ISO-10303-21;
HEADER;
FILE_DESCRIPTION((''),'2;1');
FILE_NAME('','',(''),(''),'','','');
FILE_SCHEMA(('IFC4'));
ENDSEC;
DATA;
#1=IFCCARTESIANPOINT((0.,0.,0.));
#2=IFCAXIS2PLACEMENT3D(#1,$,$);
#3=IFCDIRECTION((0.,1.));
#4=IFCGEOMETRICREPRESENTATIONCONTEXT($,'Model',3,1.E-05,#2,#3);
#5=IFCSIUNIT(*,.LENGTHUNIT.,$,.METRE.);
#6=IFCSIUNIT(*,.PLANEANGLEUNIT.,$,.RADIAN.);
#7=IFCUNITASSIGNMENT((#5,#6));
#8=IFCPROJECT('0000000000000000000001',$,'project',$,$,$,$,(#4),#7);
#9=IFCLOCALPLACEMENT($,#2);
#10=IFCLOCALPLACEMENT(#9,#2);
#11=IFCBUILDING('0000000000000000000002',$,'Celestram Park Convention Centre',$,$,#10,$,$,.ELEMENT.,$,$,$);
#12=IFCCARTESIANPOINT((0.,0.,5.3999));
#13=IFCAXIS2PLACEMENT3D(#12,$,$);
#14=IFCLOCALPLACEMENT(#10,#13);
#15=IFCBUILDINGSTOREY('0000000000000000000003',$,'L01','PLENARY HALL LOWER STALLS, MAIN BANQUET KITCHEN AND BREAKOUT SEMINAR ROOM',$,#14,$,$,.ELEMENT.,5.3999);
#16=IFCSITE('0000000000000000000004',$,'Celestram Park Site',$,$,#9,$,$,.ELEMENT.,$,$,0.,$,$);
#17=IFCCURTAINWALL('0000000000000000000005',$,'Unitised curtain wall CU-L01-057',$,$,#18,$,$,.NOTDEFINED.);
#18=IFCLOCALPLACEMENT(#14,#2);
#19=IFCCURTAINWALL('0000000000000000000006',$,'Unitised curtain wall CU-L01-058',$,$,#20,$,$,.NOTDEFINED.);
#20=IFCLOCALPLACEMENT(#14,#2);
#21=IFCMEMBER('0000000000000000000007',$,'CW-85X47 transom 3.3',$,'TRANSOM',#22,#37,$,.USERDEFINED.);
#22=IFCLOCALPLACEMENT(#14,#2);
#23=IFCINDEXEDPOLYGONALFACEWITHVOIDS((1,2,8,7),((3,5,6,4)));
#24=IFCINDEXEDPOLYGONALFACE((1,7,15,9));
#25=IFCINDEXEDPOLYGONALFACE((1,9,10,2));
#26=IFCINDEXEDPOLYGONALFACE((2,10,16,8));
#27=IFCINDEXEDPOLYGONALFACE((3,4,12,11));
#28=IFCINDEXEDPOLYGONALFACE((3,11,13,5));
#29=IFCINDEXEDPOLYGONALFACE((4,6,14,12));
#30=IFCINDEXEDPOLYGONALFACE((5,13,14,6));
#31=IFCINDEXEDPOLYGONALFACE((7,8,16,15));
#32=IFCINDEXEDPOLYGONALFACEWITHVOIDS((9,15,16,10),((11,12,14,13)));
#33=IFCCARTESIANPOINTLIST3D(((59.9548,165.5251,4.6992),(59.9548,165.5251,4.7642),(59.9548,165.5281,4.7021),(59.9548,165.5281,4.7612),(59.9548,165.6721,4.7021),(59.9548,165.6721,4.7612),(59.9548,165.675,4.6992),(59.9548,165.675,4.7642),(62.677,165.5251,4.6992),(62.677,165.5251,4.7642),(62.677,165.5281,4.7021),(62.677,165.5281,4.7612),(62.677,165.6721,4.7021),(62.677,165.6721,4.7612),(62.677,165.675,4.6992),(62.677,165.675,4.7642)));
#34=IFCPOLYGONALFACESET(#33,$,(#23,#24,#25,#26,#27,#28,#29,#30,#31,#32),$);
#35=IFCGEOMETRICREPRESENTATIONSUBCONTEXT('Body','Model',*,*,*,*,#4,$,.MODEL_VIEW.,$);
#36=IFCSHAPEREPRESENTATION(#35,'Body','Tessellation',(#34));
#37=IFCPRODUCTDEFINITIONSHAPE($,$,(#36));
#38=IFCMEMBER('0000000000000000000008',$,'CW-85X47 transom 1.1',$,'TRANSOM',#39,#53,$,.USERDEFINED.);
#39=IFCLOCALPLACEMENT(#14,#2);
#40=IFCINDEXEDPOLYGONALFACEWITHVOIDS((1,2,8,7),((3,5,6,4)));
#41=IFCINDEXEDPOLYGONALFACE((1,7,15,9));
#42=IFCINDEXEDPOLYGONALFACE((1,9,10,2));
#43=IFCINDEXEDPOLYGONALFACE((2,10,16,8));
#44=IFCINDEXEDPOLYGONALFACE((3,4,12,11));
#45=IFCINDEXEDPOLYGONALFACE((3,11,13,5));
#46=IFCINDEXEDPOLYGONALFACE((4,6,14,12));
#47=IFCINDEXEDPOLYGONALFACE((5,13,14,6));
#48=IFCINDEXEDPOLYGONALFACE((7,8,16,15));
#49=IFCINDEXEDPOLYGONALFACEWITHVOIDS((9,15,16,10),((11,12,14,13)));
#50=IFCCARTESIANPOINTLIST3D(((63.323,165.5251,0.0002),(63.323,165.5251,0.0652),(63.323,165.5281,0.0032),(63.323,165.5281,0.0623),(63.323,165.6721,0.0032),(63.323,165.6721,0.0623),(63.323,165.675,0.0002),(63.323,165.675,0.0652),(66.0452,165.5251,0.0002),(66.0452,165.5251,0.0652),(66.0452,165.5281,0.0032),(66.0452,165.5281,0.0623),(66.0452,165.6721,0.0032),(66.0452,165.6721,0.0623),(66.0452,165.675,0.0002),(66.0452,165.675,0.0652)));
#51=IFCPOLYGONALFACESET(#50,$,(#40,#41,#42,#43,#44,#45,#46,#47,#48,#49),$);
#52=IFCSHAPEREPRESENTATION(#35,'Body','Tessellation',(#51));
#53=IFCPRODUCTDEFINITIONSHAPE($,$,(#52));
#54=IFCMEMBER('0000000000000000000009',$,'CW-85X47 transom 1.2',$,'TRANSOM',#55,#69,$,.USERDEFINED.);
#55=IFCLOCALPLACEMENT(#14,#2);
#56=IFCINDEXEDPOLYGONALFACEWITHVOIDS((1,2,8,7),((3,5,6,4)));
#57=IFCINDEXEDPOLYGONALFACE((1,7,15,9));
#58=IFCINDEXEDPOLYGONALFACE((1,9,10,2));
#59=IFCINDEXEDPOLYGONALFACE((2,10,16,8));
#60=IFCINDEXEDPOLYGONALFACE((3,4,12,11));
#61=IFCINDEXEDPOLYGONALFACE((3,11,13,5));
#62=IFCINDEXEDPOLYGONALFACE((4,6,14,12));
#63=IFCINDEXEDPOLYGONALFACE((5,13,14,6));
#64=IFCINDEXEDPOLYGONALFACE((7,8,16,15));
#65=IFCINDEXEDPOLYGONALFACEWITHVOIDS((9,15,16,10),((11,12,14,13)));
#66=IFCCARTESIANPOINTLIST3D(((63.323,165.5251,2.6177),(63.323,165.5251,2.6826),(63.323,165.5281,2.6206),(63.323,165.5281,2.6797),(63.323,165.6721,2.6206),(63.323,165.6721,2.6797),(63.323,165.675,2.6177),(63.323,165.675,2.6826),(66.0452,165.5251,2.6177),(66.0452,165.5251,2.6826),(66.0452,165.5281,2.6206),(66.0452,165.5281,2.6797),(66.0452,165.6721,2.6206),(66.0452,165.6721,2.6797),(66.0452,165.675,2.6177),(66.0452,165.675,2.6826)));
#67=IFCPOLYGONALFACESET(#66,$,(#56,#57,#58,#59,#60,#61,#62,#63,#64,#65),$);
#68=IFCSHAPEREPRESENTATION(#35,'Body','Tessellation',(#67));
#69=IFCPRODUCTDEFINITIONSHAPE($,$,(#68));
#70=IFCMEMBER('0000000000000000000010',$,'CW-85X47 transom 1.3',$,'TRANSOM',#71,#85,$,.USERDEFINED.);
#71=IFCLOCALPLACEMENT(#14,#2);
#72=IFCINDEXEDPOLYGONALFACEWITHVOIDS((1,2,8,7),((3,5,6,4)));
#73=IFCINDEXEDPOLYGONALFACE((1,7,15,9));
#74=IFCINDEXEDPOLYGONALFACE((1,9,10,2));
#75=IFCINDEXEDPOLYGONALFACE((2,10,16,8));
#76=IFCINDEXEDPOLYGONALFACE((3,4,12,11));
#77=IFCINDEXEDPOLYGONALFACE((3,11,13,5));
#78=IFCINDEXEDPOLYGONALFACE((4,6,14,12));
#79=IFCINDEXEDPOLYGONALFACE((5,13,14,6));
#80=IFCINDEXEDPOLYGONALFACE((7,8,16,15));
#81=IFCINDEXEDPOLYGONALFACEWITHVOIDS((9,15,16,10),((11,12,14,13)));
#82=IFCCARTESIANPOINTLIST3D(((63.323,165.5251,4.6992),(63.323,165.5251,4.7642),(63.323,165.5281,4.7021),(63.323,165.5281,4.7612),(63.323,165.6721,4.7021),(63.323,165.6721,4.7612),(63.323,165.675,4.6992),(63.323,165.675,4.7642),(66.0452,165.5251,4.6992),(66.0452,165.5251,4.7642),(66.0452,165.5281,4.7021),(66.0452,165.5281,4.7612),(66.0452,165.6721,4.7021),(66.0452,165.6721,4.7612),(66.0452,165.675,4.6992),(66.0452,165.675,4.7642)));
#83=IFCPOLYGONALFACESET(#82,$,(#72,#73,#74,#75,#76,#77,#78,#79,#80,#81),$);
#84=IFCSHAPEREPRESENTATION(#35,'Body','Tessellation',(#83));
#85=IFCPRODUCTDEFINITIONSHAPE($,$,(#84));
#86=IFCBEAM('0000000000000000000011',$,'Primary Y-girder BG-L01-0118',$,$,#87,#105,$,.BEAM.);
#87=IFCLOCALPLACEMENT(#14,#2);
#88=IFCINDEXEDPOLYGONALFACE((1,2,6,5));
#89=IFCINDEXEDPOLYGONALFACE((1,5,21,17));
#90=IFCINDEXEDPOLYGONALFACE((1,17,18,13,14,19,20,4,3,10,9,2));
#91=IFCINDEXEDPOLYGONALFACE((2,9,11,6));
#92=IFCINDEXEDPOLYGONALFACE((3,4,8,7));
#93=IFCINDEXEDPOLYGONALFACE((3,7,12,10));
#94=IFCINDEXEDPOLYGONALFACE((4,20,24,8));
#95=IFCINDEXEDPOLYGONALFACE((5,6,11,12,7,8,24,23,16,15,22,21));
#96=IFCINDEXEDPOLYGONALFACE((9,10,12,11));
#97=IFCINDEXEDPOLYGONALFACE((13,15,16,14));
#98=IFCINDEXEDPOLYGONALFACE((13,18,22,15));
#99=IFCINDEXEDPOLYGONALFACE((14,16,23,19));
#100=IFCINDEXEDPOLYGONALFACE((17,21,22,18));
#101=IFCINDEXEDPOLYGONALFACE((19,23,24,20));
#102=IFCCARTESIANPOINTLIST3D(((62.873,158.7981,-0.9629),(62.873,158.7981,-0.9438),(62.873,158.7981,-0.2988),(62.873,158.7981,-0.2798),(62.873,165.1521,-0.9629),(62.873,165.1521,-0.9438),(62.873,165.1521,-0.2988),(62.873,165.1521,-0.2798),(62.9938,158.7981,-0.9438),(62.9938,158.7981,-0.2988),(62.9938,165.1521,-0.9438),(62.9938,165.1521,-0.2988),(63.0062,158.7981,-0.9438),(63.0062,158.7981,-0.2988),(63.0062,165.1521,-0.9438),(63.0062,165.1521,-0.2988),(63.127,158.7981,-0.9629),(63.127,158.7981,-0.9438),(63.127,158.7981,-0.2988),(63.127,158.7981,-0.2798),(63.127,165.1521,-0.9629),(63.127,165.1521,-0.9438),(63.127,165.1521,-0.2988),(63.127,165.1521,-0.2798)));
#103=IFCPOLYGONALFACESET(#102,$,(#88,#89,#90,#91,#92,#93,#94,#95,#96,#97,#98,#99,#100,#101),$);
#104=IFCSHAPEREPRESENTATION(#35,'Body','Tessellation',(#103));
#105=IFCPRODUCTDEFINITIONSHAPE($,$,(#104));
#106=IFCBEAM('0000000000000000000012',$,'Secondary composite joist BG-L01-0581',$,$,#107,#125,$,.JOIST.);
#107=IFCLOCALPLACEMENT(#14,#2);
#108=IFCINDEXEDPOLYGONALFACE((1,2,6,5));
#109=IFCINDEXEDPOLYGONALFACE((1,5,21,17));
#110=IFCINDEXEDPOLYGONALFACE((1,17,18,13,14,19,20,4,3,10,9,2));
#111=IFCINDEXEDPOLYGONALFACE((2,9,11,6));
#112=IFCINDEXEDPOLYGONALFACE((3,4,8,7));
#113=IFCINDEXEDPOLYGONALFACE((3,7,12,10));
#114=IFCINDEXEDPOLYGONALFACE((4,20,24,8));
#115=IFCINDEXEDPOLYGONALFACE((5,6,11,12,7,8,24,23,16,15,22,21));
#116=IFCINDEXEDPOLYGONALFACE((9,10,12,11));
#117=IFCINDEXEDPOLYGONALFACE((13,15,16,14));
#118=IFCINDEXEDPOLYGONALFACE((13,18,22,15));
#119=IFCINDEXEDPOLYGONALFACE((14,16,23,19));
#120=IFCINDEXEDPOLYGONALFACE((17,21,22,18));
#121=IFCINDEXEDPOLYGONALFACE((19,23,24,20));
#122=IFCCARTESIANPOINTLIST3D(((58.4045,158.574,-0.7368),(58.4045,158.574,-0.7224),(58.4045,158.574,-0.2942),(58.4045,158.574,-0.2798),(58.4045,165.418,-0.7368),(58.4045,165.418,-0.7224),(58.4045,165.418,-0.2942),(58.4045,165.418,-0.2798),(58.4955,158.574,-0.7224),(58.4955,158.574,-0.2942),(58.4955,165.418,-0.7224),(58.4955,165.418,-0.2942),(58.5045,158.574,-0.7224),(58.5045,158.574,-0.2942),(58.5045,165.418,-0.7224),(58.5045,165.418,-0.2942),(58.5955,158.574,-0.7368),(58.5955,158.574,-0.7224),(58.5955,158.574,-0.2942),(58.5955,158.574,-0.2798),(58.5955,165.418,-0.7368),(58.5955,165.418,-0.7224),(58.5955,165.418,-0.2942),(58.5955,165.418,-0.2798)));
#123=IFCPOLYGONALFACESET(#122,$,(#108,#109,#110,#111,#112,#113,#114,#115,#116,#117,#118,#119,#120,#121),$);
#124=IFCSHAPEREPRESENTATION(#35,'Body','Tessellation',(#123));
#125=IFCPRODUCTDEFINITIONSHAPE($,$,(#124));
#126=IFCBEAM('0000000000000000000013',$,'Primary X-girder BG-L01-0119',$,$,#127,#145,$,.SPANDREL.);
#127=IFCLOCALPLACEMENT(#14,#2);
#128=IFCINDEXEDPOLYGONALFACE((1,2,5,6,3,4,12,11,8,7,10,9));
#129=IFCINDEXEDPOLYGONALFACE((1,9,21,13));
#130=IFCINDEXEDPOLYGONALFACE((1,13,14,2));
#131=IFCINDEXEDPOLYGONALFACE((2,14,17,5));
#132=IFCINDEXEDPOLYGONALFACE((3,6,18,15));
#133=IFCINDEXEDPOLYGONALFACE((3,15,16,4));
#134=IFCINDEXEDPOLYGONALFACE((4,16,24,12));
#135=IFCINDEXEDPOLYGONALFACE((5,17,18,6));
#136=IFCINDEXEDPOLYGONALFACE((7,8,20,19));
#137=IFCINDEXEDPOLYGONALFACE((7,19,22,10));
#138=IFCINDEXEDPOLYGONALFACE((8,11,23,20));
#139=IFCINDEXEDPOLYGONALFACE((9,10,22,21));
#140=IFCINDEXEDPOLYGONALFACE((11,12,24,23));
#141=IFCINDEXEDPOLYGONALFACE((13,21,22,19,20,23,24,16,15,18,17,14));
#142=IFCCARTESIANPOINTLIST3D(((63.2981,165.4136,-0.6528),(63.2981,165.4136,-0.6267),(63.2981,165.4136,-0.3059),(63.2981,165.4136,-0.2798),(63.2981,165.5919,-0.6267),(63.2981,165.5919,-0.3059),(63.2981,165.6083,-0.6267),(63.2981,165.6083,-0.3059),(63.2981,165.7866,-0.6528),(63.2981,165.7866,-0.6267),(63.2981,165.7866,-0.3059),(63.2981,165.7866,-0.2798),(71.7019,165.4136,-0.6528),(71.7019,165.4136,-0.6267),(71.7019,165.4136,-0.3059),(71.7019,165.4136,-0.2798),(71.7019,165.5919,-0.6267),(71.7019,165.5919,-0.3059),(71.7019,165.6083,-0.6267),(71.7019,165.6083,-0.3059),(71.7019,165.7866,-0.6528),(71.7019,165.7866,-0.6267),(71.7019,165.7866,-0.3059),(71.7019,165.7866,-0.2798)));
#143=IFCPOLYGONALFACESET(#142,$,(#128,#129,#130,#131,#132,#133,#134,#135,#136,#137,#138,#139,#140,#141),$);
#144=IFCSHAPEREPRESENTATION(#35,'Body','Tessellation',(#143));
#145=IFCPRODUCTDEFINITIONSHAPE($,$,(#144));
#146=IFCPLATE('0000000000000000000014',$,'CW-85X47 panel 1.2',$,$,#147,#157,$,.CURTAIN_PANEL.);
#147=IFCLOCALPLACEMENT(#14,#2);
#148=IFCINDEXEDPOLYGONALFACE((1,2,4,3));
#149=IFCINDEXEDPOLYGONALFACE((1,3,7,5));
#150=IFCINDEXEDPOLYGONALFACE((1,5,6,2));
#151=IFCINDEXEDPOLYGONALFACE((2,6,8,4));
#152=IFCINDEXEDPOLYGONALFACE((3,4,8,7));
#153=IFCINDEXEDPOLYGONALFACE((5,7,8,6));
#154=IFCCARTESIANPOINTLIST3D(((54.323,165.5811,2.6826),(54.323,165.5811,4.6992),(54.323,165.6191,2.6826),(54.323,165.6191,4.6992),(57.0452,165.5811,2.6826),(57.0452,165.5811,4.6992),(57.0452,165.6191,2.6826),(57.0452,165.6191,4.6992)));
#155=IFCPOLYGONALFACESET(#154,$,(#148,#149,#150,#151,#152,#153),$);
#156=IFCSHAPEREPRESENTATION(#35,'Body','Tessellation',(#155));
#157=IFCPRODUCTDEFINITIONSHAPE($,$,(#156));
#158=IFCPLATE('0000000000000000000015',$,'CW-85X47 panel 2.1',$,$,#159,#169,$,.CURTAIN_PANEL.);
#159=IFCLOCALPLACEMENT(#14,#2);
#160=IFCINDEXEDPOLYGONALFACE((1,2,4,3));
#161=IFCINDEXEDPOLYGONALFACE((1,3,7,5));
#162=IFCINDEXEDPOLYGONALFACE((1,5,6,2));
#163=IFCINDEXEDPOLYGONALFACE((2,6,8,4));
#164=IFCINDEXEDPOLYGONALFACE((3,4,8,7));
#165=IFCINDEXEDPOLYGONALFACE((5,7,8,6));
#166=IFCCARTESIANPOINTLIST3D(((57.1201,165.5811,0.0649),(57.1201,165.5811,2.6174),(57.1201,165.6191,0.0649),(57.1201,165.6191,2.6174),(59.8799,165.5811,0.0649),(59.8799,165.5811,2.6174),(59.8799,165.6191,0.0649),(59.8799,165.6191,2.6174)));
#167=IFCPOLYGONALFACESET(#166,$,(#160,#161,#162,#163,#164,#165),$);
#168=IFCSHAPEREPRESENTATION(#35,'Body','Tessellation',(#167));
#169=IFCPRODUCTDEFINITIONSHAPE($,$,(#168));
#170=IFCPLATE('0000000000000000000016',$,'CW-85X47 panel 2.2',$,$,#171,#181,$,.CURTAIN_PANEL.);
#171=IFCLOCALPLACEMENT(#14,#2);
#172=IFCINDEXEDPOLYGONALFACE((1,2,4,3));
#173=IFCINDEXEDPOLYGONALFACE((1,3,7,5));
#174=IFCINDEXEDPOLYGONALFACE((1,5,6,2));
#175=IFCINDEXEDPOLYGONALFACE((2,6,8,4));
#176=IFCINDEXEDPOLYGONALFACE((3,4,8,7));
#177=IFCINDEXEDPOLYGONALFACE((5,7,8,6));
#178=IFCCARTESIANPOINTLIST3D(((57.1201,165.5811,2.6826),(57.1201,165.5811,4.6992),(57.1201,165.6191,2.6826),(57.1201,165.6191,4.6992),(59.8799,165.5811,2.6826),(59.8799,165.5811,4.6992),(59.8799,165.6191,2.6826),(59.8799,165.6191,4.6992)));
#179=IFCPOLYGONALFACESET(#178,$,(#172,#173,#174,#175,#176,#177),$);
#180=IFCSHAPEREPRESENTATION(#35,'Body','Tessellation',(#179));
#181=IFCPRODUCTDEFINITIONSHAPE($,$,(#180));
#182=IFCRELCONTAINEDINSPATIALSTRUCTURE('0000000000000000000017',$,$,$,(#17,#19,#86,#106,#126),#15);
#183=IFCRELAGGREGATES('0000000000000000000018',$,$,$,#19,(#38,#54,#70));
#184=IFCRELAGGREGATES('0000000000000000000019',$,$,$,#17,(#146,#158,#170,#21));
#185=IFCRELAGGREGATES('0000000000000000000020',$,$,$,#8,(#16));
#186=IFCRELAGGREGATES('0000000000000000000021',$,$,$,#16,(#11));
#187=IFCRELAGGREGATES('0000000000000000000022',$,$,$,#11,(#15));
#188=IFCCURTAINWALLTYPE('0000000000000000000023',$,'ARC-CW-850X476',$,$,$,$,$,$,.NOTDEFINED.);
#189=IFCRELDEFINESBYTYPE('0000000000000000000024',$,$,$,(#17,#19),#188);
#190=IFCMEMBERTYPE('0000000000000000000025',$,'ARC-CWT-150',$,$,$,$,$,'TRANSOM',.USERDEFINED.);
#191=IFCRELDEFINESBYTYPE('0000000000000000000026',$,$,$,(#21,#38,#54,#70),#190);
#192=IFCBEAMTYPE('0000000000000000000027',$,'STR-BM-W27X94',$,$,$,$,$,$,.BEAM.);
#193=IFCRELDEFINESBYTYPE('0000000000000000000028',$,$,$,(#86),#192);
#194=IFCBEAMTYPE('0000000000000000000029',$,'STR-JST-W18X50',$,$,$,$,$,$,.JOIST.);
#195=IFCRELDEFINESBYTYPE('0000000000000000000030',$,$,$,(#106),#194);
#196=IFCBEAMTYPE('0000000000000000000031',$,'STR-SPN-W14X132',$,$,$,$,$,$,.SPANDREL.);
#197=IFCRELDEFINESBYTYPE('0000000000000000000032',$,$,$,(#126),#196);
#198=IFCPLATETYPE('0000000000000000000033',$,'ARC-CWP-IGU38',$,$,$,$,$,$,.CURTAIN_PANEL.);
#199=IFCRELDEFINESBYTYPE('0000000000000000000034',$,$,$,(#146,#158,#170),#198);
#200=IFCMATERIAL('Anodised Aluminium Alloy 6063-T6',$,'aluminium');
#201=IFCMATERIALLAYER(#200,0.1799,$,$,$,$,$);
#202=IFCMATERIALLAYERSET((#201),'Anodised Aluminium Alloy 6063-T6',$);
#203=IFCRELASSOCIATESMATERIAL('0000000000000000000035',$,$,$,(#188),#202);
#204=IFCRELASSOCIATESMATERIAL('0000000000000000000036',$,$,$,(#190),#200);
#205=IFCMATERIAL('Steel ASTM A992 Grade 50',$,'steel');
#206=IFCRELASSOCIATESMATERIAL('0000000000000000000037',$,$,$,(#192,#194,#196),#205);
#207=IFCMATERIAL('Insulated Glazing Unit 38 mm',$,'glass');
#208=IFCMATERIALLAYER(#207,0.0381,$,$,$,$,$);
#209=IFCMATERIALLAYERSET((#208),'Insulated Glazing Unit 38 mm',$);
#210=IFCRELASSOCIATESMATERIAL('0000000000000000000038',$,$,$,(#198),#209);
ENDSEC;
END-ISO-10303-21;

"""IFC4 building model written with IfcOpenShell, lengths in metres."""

from ifc_helpers import new_model, si_unit, direction, frame, origin, origin_2d, place, context, subcontext, project, spatial, rectangle, hollow_rectangle, i_section, extrude, material, layer, layer_set, material_profile, profile_set, type_object, element, aggregate, save


model = new_model("IFC4")

# Units and contexts
model_context = context("Model", 3, precision=1e-05, world=origin(), true_north=direction((0.0, 1.0)))
body_context = subcontext(model_context, "Body", "Model", "MODEL_VIEW")
ifc_project = project(units=[si_unit("LENGTHUNIT", "METRE"), si_unit("PLANEANGLEUNIT", "RADIAN")], contexts=[model_context])

# Site, building, storey
site_placement = place(None, origin())
site = spatial("IfcSite", under=ifc_project, at=site_placement, Name="Celestram Park Site", CompositionType="ELEMENT", RefElevation=0.0)
building_placement = place(site_placement, origin())
building = spatial("IfcBuilding", under=site, at=building_placement, Name="Celestram Park Convention Centre", CompositionType="ELEMENT")
storey_placement = place(building_placement, frame((0.0, 0.0, 5.3999)))
storey = spatial("IfcBuildingStorey", under=building, at=storey_placement, Name="L01", Description="PLENARY HALL LOWER STALLS, MAIN BANQUET KITCHEN AND BREAKOUT SEMINAR ROOM", CompositionType="ELEMENT", Elevation=5.3999)

# Curtain wall
ifc_material_1 = material(Name="Anodised Aluminium Alloy 6063-T6", Category="aluminium")
ifc_layer_1 = layer(ifc_material_1, 0.1799)
ifc_layer_set_1 = layer_set([ifc_layer_1], Name="Anodised Aluminium Alloy 6063-T6")
curtain_wall_type = type_object("IfcCurtainWallType", Name="ARC-CW-850X476", PredefinedType="NOTDEFINED", material=ifc_layer_set_1)
curtain_wall_1_placement = place(storey_placement, origin())
curtain_wall_1 = element("IfcCurtainWall", 1, at=curtain_wall_1_placement, inside=storey, type_object=curtain_wall_type, Name="Unitised curtain wall CU-L01-057", PredefinedType="NOTDEFINED")

# Curtain wall
curtain_wall_2_placement = place(storey_placement, origin())
curtain_wall_2 = element("IfcCurtainWall", 2, at=curtain_wall_2_placement, inside=storey, type_object=curtain_wall_type, Name="Unitised curtain wall CU-L01-058", PredefinedType="NOTDEFINED")

# Members
ifc_material_profile_1 = material_profile(ifc_material_1, hollow_rectangle(XDim=0.1499, YDim=0.0649, WallThickness=0.0029, at=origin_2d()), Name="ALU150X65X3")
ifc_profile_set_1 = profile_set([ifc_material_profile_1], Name="Anodised Aluminium Alloy 6063-T6")
member_type_1 = type_object("IfcMemberType", Name="ARC-CWT-150", ElementType="TRANSOM", PredefinedType="USERDEFINED", material=ifc_profile_set_1)
member_1_placement = place(storey_placement, frame((59.9548, 165.6001, 4.7317), z_axis=(1.0, 0.0, 0.0), x_axis=(0.0, 1.0, 0.0)))
member_1 = element("IfcMember", 3, at=member_1_placement, type_object=member_type_1, Name="CW-85X47 transom 3.3", ObjectType="TRANSOM", PredefinedType="USERDEFINED", context=body_context, shape_type="SweptSolid", body=[
    extrude(hollow_rectangle(XDim=0.1499, YDim=0.0649, WallThickness=0.0029, at=origin_2d()), origin(), (0.0, 0.0, 1.0), 2.7222),
])
member_2_placement = place(storey_placement, frame((63.323, 165.6001, 0.0327), z_axis=(1.0, 0.0, 0.0), x_axis=(0.0, 1.0, 0.0)))
member_2 = element("IfcMember", 4, at=member_2_placement, type_object=member_type_1, Name="CW-85X47 transom 1.1", ObjectType="TRANSOM", PredefinedType="USERDEFINED", context=body_context, shape_type="SweptSolid", body=[
    extrude(hollow_rectangle(XDim=0.1499, YDim=0.0649, WallThickness=0.0029, at=origin_2d()), origin(), (0.0, 0.0, 1.0), 2.7222),
])
member_3_placement = place(storey_placement, frame((63.323, 165.6001, 2.6501), z_axis=(1.0, 0.0, 0.0), x_axis=(0.0, 1.0, 0.0)))
member_3 = element("IfcMember", 5, at=member_3_placement, type_object=member_type_1, Name="CW-85X47 transom 1.2", ObjectType="TRANSOM", PredefinedType="USERDEFINED", context=body_context, shape_type="SweptSolid", body=[
    extrude(hollow_rectangle(XDim=0.1499, YDim=0.0649, WallThickness=0.0029, at=origin_2d()), origin(), (0.0, 0.0, 1.0), 2.7222),
])
member_4_placement = place(storey_placement, frame((63.323, 165.6001, 4.7317), z_axis=(1.0, 0.0, 0.0), x_axis=(0.0, 1.0, 0.0)))
member_4 = element("IfcMember", 6, at=member_4_placement, type_object=member_type_1, Name="CW-85X47 transom 1.3", ObjectType="TRANSOM", PredefinedType="USERDEFINED", context=body_context, shape_type="SweptSolid", body=[
    extrude(hollow_rectangle(XDim=0.1499, YDim=0.0649, WallThickness=0.0029, at=origin_2d()), origin(), (0.0, 0.0, 1.0), 2.7222),
])
aggregate(curtain_wall_2, [member_2, member_3, member_4])

# Beams
ifc_material_2 = material(Name="Steel ASTM A992 Grade 50", Category="steel")
ifc_material_profile_2 = material_profile(ifc_material_2, i_section(OverallWidth=0.2539, OverallDepth=0.6831, WebThickness=0.0125, FlangeThickness=0.019, at=origin_2d()), Name="W27X94")
ifc_profile_set_2 = profile_set([ifc_material_profile_2], Name="Steel ASTM A992 Grade 50")
beam_type_1 = type_object("IfcBeamType", Name="STR-BM-W27X94", PredefinedType="BEAM", material=ifc_profile_set_2)
beam_1_placement = place(storey_placement, frame((63.0, 158.7981, -0.6213), z_axis=(0.0, 1.0, 0.0), x_axis=(-1.0, 0.0, 0.0)))
element("IfcBeam", 7, at=beam_1_placement, inside=storey, type_object=beam_type_1, Name="Primary Y-girder BG-L01-0118", PredefinedType="BEAM", context=body_context, shape_type="SweptSolid", body=[
    extrude(i_section(OverallWidth=0.2539, OverallDepth=0.6831, WebThickness=0.0125, FlangeThickness=0.019, at=origin_2d()), origin(), (0.0, 0.0, 1.0), 6.354),
])
ifc_material_profile_3 = material_profile(ifc_material_2, i_section(OverallWidth=0.1909, OverallDepth=0.457, WebThickness=0.009, FlangeThickness=0.0144, at=origin_2d()), Name="W18X50")
ifc_profile_set_3 = profile_set([ifc_material_profile_3], Name="Steel ASTM A992 Grade 50")
beam_type_2 = type_object("IfcBeamType", Name="STR-JST-W18X50", PredefinedType="JOIST", material=ifc_profile_set_3)
beam_2_placement = place(storey_placement, frame((58.5, 158.574, -0.5083), z_axis=(0.0, 1.0, 0.0), x_axis=(-1.0, 0.0, 0.0)))
element("IfcBeam", 8, at=beam_2_placement, inside=storey, type_object=beam_type_2, Name="Secondary composite joist BG-L01-0581", PredefinedType="JOIST", context=body_context, shape_type="SweptSolid", body=[
    extrude(i_section(OverallWidth=0.1909, OverallDepth=0.457, WebThickness=0.009, FlangeThickness=0.0144, at=origin_2d()), origin(), (0.0, 0.0, 1.0), 6.844),
])
ifc_material_profile_4 = material_profile(ifc_material_2, i_section(OverallWidth=0.373, OverallDepth=0.373, WebThickness=0.0164, FlangeThickness=0.0261, at=origin_2d()), Name="W14X132")
ifc_profile_set_4 = profile_set([ifc_material_profile_4], Name="Steel ASTM A992 Grade 50")
beam_type_3 = type_object("IfcBeamType", Name="STR-SPN-W14X132", PredefinedType="SPANDREL", material=ifc_profile_set_4)
beam_3_placement = place(storey_placement, frame((63.2981, 165.6001, -0.4663), z_axis=(1.0, 0.0, 0.0), x_axis=(0.0, 1.0, 0.0)))
element("IfcBeam", 9, at=beam_3_placement, inside=storey, type_object=beam_type_3, Name="Primary X-girder BG-L01-0119", PredefinedType="SPANDREL", context=body_context, shape_type="SweptSolid", body=[
    extrude(i_section(OverallWidth=0.373, OverallDepth=0.373, WebThickness=0.0164, FlangeThickness=0.0261, at=origin_2d()), origin(), (0.0, 0.0, 1.0), 8.4038),
])

# Plates
ifc_material_3 = material(Name="Insulated Glazing Unit 38 mm", Category="glass")
ifc_layer_2 = layer(ifc_material_3, 0.0381)
ifc_layer_set_2 = layer_set([ifc_layer_2], Name="Insulated Glazing Unit 38 mm")
plate_type = type_object("IfcPlateType", Name="ARC-CWP-IGU38", PredefinedType="CURTAIN_PANEL", material=ifc_layer_set_2)
plate_1_placement = place(storey_placement, frame((55.6841, 165.6001, 2.6826), z_axis=(0.0, 0.0, 1.0), x_axis=(1.0, 0.0, 0.0)))
plate_1 = element("IfcPlate", 10, at=plate_1_placement, type_object=plate_type, Name="CW-85X47 panel 1.2", PredefinedType="CURTAIN_PANEL", context=body_context, shape_type="SweptSolid", body=[
    extrude(rectangle(XDim=2.7222, YDim=0.0381, at=origin_2d()), origin(), (0.0, 0.0, 1.0), 2.0166),
])
plate_2_placement = place(storey_placement, frame((58.5, 165.6001, 0.0649), z_axis=(0.0, 0.0, 1.0), x_axis=(1.0, 0.0, 0.0)))
plate_2 = element("IfcPlate", 11, at=plate_2_placement, type_object=plate_type, Name="CW-85X47 panel 2.1", PredefinedType="CURTAIN_PANEL", context=body_context, shape_type="SweptSolid", body=[
    extrude(rectangle(XDim=2.7598, YDim=0.0381, at=origin_2d()), origin(), (0.0, 0.0, 1.0), 2.5525),
])
plate_3_placement = place(storey_placement, frame((58.5, 165.6001, 2.6826), z_axis=(0.0, 0.0, 1.0), x_axis=(1.0, 0.0, 0.0)))
plate_3 = element("IfcPlate", 12, at=plate_3_placement, type_object=plate_type, Name="CW-85X47 panel 2.2", PredefinedType="CURTAIN_PANEL", context=body_context, shape_type="SweptSolid", body=[
    extrude(rectangle(XDim=2.7598, YDim=0.0381, at=origin_2d()), origin(), (0.0, 0.0, 1.0), 2.0166),
])
aggregate(curtain_wall_1, [plate_1, plate_2, plate_3, member_1])

save(model, "model.ifc")
